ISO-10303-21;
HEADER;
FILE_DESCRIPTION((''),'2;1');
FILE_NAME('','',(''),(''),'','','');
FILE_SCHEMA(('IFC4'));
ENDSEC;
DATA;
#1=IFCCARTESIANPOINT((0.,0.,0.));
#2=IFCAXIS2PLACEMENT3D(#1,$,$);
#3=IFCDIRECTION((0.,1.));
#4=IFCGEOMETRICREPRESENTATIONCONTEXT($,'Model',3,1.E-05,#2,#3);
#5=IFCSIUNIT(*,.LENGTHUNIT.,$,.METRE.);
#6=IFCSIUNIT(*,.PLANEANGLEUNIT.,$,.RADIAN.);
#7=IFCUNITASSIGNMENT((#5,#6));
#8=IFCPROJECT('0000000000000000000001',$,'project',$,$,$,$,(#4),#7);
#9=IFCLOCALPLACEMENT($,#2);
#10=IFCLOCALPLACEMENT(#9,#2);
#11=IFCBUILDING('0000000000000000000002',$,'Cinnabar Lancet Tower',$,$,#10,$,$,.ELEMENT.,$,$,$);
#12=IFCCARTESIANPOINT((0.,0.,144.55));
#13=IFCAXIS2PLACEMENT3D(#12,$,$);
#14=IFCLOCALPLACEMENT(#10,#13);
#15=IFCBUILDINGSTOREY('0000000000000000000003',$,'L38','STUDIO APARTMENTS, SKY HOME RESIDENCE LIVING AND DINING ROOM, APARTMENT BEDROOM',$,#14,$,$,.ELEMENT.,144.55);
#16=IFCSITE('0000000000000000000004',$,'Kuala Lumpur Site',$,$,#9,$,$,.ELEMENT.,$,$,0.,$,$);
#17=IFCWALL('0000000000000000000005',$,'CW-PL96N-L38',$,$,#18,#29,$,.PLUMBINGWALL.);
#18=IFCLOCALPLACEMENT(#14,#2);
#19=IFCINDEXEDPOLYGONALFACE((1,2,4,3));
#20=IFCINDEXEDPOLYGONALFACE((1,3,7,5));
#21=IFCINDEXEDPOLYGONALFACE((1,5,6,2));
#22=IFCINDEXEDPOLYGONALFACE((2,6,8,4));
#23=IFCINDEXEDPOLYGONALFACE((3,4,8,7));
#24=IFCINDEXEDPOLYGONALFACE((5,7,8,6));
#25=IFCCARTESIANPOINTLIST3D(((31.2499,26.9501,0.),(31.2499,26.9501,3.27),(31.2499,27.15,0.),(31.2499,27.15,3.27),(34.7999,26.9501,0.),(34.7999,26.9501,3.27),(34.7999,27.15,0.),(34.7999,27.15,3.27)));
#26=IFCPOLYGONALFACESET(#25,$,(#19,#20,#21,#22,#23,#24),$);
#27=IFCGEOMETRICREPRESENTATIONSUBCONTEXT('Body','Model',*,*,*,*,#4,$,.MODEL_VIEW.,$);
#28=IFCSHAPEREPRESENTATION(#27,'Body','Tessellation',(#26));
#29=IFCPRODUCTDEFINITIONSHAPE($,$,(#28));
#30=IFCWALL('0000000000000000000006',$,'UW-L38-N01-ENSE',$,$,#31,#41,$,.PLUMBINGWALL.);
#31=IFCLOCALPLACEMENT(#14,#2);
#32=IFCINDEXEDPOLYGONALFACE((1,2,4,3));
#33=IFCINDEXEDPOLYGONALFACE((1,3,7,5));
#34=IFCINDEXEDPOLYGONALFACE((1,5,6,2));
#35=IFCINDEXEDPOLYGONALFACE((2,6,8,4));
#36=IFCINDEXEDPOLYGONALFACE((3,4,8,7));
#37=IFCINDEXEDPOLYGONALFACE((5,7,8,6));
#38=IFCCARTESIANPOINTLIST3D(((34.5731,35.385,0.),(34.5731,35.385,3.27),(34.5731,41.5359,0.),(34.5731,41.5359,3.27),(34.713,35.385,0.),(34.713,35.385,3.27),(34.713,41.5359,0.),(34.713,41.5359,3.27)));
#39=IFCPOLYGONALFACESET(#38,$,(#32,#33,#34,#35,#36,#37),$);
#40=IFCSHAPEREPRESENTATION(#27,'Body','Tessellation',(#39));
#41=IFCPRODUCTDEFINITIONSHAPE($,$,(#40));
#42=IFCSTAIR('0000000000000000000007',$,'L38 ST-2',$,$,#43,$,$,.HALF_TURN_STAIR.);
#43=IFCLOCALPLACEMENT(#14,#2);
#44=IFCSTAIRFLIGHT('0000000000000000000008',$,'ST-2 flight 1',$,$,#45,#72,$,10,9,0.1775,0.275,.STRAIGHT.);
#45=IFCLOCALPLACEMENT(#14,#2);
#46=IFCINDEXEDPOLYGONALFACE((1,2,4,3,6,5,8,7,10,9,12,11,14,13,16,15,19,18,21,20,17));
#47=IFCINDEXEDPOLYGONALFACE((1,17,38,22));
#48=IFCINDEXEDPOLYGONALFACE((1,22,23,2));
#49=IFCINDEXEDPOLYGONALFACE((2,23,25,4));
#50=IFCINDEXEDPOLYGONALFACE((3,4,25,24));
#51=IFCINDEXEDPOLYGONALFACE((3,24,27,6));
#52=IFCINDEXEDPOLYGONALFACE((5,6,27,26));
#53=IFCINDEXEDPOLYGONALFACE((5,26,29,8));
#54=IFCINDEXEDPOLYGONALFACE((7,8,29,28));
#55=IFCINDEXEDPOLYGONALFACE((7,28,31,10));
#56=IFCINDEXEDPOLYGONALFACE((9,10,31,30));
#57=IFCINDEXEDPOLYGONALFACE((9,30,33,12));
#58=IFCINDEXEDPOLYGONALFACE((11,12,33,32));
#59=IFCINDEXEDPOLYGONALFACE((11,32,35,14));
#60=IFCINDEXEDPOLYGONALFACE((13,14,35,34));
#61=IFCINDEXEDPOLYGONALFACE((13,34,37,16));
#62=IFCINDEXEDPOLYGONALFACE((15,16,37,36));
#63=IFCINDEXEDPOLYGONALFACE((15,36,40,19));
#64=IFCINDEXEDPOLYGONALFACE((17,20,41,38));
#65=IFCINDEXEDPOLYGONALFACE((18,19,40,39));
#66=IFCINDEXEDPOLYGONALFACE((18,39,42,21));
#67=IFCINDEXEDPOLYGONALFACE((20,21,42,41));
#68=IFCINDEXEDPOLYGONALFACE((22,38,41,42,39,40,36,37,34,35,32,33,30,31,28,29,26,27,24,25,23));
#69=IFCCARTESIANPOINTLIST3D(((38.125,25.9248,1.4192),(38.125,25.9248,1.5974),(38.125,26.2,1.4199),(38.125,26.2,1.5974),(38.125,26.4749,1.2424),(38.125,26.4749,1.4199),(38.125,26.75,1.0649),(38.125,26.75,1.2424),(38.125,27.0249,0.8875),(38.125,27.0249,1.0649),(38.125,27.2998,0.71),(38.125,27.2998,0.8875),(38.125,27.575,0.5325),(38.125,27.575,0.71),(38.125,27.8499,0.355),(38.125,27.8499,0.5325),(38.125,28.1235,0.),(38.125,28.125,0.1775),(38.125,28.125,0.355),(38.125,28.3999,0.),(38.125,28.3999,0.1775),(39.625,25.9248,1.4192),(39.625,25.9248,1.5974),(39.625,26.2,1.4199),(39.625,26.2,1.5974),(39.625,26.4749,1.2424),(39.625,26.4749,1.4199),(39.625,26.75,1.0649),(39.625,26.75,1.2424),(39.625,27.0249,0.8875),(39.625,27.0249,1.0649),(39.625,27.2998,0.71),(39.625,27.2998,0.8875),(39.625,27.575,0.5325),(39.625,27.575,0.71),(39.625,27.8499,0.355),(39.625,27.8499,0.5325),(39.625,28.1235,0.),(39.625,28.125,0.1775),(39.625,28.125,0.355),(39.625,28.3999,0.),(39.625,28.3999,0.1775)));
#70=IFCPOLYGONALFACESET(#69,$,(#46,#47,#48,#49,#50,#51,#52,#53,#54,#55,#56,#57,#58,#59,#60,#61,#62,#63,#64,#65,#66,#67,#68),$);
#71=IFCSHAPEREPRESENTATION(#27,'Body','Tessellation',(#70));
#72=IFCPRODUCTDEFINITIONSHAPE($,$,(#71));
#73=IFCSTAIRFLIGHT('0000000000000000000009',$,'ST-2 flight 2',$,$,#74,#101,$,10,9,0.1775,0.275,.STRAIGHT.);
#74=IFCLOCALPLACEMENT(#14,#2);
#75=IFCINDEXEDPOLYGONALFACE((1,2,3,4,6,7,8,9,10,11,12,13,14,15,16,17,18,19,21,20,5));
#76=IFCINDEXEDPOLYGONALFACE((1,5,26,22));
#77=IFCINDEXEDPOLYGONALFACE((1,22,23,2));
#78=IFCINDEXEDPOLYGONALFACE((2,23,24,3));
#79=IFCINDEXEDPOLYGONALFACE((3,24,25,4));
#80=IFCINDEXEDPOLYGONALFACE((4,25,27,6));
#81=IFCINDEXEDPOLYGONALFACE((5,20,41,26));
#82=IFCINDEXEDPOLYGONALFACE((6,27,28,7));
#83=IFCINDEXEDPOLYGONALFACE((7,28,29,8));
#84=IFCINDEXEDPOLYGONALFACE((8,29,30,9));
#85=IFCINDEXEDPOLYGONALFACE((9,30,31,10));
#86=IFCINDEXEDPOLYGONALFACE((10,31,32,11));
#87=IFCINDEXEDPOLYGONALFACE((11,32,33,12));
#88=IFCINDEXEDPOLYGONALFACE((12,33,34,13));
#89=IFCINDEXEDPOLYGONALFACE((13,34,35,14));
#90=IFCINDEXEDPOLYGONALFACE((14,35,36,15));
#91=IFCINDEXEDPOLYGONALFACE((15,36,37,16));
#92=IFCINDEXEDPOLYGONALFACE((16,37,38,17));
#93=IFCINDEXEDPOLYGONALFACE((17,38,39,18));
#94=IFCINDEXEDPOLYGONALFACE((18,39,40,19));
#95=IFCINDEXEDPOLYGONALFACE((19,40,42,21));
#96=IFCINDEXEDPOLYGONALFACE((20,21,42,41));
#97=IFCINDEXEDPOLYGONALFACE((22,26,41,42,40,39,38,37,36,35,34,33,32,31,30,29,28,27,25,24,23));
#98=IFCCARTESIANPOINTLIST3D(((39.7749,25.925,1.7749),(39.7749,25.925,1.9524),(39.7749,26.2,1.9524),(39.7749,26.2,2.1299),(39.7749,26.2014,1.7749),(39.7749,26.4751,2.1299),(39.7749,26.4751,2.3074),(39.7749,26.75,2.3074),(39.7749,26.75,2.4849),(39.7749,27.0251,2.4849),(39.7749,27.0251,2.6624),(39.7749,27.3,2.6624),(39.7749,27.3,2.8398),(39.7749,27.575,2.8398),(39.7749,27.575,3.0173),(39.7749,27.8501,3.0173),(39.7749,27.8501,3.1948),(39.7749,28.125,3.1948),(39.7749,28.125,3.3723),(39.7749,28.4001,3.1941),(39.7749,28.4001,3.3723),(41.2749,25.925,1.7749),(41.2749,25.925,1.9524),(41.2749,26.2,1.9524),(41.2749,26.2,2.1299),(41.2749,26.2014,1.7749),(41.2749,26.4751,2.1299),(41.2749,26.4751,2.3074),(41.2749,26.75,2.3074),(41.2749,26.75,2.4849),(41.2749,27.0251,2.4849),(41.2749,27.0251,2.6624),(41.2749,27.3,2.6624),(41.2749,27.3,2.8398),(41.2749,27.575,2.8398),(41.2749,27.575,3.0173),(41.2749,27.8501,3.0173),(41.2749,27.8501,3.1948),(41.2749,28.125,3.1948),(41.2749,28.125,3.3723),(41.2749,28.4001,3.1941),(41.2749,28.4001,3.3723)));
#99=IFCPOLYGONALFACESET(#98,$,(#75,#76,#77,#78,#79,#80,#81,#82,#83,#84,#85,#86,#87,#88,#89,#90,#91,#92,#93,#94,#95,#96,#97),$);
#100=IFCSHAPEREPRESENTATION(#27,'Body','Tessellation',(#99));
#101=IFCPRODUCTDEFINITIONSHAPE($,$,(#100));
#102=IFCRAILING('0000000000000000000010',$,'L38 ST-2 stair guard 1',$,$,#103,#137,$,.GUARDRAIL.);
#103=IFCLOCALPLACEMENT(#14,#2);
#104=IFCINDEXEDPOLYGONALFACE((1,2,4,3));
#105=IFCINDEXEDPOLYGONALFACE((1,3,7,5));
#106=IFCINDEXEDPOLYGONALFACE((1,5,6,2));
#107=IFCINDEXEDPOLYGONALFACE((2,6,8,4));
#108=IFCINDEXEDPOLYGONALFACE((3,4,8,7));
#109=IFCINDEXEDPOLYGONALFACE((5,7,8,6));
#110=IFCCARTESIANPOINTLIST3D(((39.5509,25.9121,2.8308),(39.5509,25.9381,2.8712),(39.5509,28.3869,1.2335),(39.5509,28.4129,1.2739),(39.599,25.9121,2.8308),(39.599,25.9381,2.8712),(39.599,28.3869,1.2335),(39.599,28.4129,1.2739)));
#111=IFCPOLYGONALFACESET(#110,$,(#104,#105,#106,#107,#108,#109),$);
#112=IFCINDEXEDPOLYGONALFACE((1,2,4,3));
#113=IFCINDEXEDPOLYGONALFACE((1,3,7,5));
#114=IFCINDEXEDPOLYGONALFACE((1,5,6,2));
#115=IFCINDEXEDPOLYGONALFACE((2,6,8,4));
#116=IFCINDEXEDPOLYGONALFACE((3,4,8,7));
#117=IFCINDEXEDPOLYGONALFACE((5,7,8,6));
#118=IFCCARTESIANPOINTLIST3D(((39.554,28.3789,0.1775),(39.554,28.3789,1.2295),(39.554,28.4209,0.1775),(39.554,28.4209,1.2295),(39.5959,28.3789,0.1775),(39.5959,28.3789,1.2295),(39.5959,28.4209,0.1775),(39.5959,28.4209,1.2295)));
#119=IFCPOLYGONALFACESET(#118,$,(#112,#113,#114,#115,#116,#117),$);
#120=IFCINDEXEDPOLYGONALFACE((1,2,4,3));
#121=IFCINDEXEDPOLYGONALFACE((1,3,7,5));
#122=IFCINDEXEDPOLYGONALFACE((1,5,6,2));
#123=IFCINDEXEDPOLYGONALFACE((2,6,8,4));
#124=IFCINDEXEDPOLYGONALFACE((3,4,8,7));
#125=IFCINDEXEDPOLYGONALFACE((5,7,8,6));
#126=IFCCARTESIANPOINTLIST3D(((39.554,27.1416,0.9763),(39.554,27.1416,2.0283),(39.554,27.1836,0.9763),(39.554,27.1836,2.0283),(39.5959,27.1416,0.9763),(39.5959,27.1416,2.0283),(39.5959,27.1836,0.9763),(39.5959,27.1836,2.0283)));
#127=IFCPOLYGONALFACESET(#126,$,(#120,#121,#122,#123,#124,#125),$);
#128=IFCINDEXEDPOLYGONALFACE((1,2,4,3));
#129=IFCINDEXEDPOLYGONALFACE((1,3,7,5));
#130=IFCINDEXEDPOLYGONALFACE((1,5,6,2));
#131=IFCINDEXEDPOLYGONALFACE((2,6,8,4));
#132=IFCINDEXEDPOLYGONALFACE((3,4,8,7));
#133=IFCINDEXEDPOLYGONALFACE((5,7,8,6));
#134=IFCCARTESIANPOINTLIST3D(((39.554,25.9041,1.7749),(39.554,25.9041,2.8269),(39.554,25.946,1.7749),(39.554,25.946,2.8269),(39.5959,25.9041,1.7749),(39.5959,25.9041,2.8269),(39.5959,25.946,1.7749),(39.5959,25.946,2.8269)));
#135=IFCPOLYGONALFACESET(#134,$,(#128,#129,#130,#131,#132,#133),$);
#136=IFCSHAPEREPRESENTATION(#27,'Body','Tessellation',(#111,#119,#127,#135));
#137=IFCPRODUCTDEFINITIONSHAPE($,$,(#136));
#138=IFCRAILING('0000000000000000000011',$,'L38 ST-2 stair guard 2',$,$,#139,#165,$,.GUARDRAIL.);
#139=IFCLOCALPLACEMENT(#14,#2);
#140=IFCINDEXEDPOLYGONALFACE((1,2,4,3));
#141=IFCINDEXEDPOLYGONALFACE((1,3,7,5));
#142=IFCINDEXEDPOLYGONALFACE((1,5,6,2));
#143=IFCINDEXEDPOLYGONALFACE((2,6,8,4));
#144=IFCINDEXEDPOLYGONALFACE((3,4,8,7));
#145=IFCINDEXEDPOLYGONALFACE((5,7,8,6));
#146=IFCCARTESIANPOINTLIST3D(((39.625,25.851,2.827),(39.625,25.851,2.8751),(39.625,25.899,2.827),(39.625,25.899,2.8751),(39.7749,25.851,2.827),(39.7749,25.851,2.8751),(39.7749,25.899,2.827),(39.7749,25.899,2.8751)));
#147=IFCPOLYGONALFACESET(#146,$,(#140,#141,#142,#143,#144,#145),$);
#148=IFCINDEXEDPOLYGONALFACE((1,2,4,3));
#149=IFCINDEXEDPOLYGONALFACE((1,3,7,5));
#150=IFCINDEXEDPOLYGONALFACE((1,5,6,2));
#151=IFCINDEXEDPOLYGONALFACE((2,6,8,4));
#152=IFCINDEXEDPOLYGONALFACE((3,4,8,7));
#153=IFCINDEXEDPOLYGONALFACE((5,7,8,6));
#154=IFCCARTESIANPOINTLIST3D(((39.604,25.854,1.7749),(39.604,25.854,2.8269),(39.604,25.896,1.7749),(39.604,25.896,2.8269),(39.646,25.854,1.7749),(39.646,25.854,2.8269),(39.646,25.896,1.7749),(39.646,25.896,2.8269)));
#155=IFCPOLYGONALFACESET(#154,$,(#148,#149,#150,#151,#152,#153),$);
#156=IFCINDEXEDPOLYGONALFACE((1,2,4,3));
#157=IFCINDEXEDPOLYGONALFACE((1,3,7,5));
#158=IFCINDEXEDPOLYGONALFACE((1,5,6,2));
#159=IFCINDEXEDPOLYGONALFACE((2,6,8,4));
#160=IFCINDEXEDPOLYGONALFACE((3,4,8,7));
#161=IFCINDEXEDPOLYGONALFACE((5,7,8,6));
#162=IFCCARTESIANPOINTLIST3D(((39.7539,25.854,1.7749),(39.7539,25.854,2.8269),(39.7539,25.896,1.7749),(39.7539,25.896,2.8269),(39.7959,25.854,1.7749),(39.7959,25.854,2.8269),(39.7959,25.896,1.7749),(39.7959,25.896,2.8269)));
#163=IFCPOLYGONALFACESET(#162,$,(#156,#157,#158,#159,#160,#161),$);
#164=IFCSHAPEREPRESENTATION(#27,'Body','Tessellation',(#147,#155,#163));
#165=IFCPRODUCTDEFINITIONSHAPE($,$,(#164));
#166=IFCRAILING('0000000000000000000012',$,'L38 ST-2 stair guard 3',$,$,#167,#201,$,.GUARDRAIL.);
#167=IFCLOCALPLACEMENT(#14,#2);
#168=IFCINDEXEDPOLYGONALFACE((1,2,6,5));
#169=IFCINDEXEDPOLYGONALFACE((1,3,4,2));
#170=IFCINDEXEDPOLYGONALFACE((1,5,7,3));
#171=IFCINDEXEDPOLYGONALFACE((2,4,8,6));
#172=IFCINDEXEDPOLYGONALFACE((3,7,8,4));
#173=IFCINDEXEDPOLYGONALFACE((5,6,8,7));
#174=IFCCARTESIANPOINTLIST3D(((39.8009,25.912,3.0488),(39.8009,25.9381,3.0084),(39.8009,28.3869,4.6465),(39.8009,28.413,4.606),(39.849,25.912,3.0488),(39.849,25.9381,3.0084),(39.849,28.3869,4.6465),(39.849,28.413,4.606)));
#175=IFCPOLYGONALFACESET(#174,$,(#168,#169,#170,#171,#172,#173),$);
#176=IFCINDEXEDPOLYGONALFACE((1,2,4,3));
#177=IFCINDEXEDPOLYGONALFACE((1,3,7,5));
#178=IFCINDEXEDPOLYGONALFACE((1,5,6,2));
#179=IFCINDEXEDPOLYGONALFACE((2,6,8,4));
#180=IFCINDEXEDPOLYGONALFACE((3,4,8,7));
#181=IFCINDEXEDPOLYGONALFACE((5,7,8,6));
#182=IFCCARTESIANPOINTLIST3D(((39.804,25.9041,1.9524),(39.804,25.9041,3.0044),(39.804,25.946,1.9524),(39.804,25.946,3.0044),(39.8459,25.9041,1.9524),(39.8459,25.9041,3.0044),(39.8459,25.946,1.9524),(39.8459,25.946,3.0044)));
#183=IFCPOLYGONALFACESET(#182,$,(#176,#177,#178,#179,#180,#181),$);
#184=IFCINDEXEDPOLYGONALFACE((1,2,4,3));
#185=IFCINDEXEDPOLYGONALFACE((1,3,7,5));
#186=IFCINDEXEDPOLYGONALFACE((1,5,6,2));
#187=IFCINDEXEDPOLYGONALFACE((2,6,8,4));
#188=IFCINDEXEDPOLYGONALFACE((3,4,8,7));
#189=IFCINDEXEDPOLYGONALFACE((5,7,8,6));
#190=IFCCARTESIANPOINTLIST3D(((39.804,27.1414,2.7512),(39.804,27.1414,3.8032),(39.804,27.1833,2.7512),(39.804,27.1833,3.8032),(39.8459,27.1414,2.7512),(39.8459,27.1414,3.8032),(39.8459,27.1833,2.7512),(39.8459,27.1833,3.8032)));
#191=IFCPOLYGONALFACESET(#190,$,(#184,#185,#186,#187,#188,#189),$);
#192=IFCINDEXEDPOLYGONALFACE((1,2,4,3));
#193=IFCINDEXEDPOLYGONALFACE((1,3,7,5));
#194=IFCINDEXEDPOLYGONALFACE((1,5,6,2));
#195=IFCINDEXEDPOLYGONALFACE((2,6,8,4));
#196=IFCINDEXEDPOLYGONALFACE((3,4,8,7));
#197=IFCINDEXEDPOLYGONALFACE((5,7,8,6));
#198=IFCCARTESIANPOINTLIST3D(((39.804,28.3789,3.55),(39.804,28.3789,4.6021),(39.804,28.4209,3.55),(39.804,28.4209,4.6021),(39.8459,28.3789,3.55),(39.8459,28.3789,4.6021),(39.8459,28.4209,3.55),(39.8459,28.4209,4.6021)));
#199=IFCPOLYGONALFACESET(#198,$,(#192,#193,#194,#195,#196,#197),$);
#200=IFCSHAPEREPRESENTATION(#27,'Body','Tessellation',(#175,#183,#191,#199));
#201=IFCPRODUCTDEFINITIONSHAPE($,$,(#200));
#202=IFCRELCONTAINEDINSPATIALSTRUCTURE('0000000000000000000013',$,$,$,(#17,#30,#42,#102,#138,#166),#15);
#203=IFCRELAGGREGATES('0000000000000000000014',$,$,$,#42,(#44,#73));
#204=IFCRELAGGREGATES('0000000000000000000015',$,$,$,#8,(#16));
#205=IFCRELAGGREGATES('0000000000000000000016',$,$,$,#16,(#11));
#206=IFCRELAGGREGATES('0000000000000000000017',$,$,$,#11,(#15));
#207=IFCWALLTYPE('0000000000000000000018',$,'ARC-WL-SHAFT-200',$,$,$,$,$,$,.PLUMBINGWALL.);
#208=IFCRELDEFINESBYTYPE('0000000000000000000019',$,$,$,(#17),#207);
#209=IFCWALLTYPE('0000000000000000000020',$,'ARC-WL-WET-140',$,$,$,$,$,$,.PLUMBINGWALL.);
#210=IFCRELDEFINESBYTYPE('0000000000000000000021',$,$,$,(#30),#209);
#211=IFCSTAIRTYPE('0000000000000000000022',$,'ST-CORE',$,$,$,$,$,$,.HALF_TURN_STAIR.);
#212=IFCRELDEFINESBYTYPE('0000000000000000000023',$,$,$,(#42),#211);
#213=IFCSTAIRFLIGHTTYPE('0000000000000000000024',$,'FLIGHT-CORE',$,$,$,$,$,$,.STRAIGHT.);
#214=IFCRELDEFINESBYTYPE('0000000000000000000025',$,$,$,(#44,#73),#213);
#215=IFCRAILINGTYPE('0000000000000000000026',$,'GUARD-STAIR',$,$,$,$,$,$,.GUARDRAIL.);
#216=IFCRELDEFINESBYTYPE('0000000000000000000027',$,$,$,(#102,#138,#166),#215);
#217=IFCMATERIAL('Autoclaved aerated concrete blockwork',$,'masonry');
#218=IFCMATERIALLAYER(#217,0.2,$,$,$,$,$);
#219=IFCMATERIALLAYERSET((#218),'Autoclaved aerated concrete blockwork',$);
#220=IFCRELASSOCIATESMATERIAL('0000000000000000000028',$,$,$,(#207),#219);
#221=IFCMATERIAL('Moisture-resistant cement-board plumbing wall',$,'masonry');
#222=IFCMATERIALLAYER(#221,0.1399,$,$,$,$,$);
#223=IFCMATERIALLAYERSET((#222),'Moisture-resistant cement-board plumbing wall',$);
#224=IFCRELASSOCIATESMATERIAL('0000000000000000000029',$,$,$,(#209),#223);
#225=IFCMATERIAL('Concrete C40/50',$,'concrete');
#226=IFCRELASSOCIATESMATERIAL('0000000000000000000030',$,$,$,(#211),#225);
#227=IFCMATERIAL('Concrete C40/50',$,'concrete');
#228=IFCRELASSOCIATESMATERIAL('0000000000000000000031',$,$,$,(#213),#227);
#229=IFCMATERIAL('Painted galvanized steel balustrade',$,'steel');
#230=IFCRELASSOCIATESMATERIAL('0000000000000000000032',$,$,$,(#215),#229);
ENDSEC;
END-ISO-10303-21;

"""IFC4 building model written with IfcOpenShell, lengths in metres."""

from ifc_helpers import new_model, si_unit, direction, frame, frame_2d, origin, origin_2d, place, context, subcontext, project, spatial, polyline, rectangle, outline, extrude, material, layer, layer_set, type_object, element, aggregate, save


model = new_model("IFC4")

# Units and contexts
model_context = context("Model", 3, precision=1e-05, world=origin(), true_north=direction((0.0, 1.0)))
body_context = subcontext(model_context, "Body", "Model", "MODEL_VIEW")
ifc_project = project(units=[si_unit("LENGTHUNIT", "METRE"), si_unit("PLANEANGLEUNIT", "RADIAN")], contexts=[model_context])

# Site, building, storey
site_placement = place(None, origin())
site = spatial("IfcSite", under=ifc_project, at=site_placement, Name="Kuala Lumpur Site", CompositionType="ELEMENT", RefElevation=0.0)
building_placement = place(site_placement, origin())
building = spatial("IfcBuilding", under=site, at=building_placement, Name="Cinnabar Lancet Tower", CompositionType="ELEMENT")
storey_placement = place(building_placement, frame((0.0, 0.0, 144.55)))
storey = spatial("IfcBuildingStorey", under=building, at=storey_placement, Name="L38", Description="STUDIO APARTMENTS, SKY HOME RESIDENCE LIVING AND DINING ROOM, APARTMENT BEDROOM", CompositionType="ELEMENT", Elevation=144.55)

# Shared definitions
ifc_material_1 = material(Name="Autoclaved aerated concrete blockwork", Category="masonry")
ifc_layer_1 = layer(ifc_material_1, 0.2)
ifc_layer_set_1 = layer_set([ifc_layer_1], Name="Autoclaved aerated concrete blockwork")
wall_type_1 = type_object("IfcWallType", Name="ARC-WL-SHAFT-200", PredefinedType="PLUMBINGWALL", material=ifc_layer_set_1)

# Walls
wall_1_placement = place(storey_placement, frame((31.25, 27.05, 0.0), z_axis=(0.0, 0.0, 1.0), x_axis=(1.0, 0.0, 0.0)))
element("IfcWall", 1, at=wall_1_placement, inside=storey, type_object=wall_type_1, Name="CW-PL96N-L38", PredefinedType="PLUMBINGWALL", context=body_context, shape_type="SweptSolid", body=[
    extrude(rectangle(XDim=3.55, YDim=0.2, at=frame_2d((1.7749, 0.0))), origin(), (0.0, 0.0, 1.0), 3.27),
])
ifc_material_2 = material(Name="Moisture-resistant cement-board plumbing wall", Category="masonry")
ifc_layer_2 = layer(ifc_material_2, 0.1399)
ifc_layer_set_2 = layer_set([ifc_layer_2], Name="Moisture-resistant cement-board plumbing wall")
wall_type_2 = type_object("IfcWallType", Name="ARC-WL-WET-140", PredefinedType="PLUMBINGWALL", material=ifc_layer_set_2)
wall_2_placement = place(storey_placement, frame((34.6431, 35.385, 0.0), z_axis=(0.0, 0.0, 1.0), x_axis=(0.0, 1.0, 0.0)))
element("IfcWall", 2, at=wall_2_placement, inside=storey, type_object=wall_type_2, Name="UW-L38-N01-ENSE", PredefinedType="PLUMBINGWALL", context=body_context, shape_type="SweptSolid", body=[
    extrude(rectangle(XDim=6.1509, YDim=0.1399, at=frame_2d((3.0754, 0.0))), origin(), (0.0, 0.0, 1.0), 3.27),
])

# Stair, stair flights
ifc_material_3 = material(Name="Concrete C40/50", Category="concrete")
stair_type = type_object("IfcStairType", Name="ST-CORE", PredefinedType="HALF_TURN_STAIR", material=ifc_material_3)
stair_placement = place(storey_placement, origin())
stair = element("IfcStair", 3, at=stair_placement, inside=storey, type_object=stair_type, Name="L38 ST-2", PredefinedType="HALF_TURN_STAIR")
ifc_material_4 = material(Name="Concrete C40/50", Category="concrete")
stair_flight_type = type_object("IfcStairFlightType", Name="FLIGHT-CORE", PredefinedType="STRAIGHT", material=ifc_material_4)
stair_flight_1_placement = place(storey_placement, frame((38.875, 28.3999, 0.0), z_axis=(0.0, 0.0, 1.0), x_axis=(0.0, -1.0, 0.0)))
stair_flight_1 = element("IfcStairFlight", 4, at=stair_flight_1_placement, type_object=stair_flight_type, Name="ST-2 flight 1", NumberOfRisers=10, NumberOfTreads=9, PredefinedType="STRAIGHT", RiserHeight=0.1775, TreadLength=0.275, context=body_context, shape_type="SweptSolid", body=[
    extrude(outline(polyline([(0.0, 0.0), (0.0, 0.1775), (0.2749, 0.1775), (0.2749, 0.355), (0.55, 0.355), (0.55, 0.5325), (0.825, 0.5325), (0.825, 0.71), (1.1001, 0.71), (1.1001, 0.8875), (1.375, 0.8875), (1.375, 1.0649), (1.6499, 1.0649), (1.6499, 1.2424), (1.925, 1.2424), (1.925, 1.4199), (2.2, 1.4199), (2.2, 1.5974), (2.4751, 1.5974), (2.4751, 1.7749), (2.4751, 1.4192), (0.2764, 0.0), (0.0, 0.0)])), frame((0.0, 0.75, 0.0), z_axis=(0.0, -1.0, 0.0), x_axis=(1.0, 0.0, 0.0)), (0.0, 0.0, 1.0), 1.5),
])
stair_flight_2_placement = place(storey_placement, frame((40.5249, 25.925, 1.7749), z_axis=(0.0, 0.0, 1.0), x_axis=(0.0, 1.0, 0.0)))
stair_flight_2 = element("IfcStairFlight", 5, at=stair_flight_2_placement, type_object=stair_flight_type, Name="ST-2 flight 2", NumberOfRisers=10, NumberOfTreads=9, PredefinedType="STRAIGHT", RiserHeight=0.1775, TreadLength=0.275, context=body_context, shape_type="SweptSolid", body=[
    extrude(outline(polyline([(0.0, 0.0), (0.0, 0.1775), (0.2749, 0.1775), (0.2749, 0.355), (0.55, 0.355), (0.55, 0.5325), (0.825, 0.5325), (0.825, 0.71), (1.1001, 0.71), (1.1001, 0.8875), (1.375, 0.8875), (1.375, 1.0649), (1.6499, 1.0649), (1.6499, 1.2424), (1.925, 1.2424), (1.925, 1.4199), (2.2, 1.4199), (2.2, 1.5974), (2.4751, 1.5974), (2.4751, 1.7749), (2.4751, 1.4192), (0.2764, 0.0), (0.0, 0.0)])), frame((0.0, 0.75, 0.0), z_axis=(0.0, -1.0, 0.0), x_axis=(1.0, 0.0, 0.0)), (0.0, 0.0, 1.0), 1.5),
])
aggregate(stair, [stair_flight_1, stair_flight_2])

# Railings
ifc_material_5 = material(Name="Painted galvanized steel balustrade", Category="steel")
railing_type_1 = type_object("IfcRailingType", Name="GUARD-STAIR", PredefinedType="GUARDRAIL", material=ifc_material_5)
railing_1_placement = place(storey_placement, frame((39.575, 28.3999, 0.1775)))
element("IfcRailing", 6, at=railing_1_placement, inside=storey, type_object=railing_type_1, Name="L38 ST-2 stair guard 1", PredefinedType="GUARDRAIL", context=body_context, shape_type="SweptSolid", body=[
    extrude(rectangle(XDim=0.0481, YDim=0.0481, at=origin_2d()), frame((0.0, 0.0, 1.0762), z_axis=(0.0, -0.840183, 0.542302), x_axis=(1.0, 0.0, 0.0)), (0.0, 0.0, 1.0), 2.9456),
    extrude(rectangle(XDim=0.042, YDim=0.042, at=origin_2d()), origin(), (0.0, 0.0, 1.0), 1.052),
    extrude(rectangle(XDim=0.042, YDim=0.042, at=origin_2d()), frame((0.0, -1.2373, 0.7988)), (0.0, 0.0, 1.0), 1.052),
    extrude(rectangle(XDim=0.042, YDim=0.042, at=origin_2d()), frame((0.0, -2.4749, 1.5974)), (0.0, 0.0, 1.0), 1.052),
])
railing_2_placement = place(storey_placement, frame((39.625, 25.875, 1.7749)))
element("IfcRailing", 7, at=railing_2_placement, inside=storey, type_object=railing_type_1, Name="L38 ST-2 stair guard 2", PredefinedType="GUARDRAIL", context=body_context, shape_type="SweptSolid", body=[
    extrude(rectangle(XDim=0.0481, YDim=0.0481, at=origin_2d()), frame((0.0, 0.0, 1.0762), z_axis=(1.0, 0.0, 0.0), x_axis=(0.0, 1.0, 0.0)), (0.0, 0.0, 1.0), 0.1499),
    extrude(rectangle(XDim=0.042, YDim=0.042, at=origin_2d()), origin(), (0.0, 0.0, 1.0), 1.052),
    extrude(rectangle(XDim=0.042, YDim=0.042, at=origin_2d()), frame((0.1499, 0.0, 0.0)), (0.0, 0.0, 1.0), 1.052),
])
railing_3_placement = place(storey_placement, frame((39.825, 25.925, 1.9524)))
element("IfcRailing", 8, at=railing_3_placement, inside=storey, type_object=railing_type_1, Name="L38 ST-2 stair guard 3", PredefinedType="GUARDRAIL", context=body_context, shape_type="SweptSolid", body=[
    extrude(rectangle(XDim=0.0481, YDim=0.0481, at=origin_2d()), frame((0.0, 0.0, 1.0762), z_axis=(0.0, 0.840146, 0.542361), x_axis=(-1.0, 0.0, 0.0)), (0.0, 0.0, 1.0), 2.9458),
    extrude(rectangle(XDim=0.042, YDim=0.042, at=origin_2d()), origin(), (0.0, 0.0, 1.0), 1.052),
    extrude(rectangle(XDim=0.042, YDim=0.042, at=origin_2d()), frame((0.0, 1.2373, 0.7988)), (0.0, 0.0, 1.0), 1.052),
    extrude(rectangle(XDim=0.042, YDim=0.042, at=origin_2d()), frame((0.0, 2.4749, 1.5977)), (0.0, 0.0, 1.0), 1.052),
])

save(model, "model.ifc")
